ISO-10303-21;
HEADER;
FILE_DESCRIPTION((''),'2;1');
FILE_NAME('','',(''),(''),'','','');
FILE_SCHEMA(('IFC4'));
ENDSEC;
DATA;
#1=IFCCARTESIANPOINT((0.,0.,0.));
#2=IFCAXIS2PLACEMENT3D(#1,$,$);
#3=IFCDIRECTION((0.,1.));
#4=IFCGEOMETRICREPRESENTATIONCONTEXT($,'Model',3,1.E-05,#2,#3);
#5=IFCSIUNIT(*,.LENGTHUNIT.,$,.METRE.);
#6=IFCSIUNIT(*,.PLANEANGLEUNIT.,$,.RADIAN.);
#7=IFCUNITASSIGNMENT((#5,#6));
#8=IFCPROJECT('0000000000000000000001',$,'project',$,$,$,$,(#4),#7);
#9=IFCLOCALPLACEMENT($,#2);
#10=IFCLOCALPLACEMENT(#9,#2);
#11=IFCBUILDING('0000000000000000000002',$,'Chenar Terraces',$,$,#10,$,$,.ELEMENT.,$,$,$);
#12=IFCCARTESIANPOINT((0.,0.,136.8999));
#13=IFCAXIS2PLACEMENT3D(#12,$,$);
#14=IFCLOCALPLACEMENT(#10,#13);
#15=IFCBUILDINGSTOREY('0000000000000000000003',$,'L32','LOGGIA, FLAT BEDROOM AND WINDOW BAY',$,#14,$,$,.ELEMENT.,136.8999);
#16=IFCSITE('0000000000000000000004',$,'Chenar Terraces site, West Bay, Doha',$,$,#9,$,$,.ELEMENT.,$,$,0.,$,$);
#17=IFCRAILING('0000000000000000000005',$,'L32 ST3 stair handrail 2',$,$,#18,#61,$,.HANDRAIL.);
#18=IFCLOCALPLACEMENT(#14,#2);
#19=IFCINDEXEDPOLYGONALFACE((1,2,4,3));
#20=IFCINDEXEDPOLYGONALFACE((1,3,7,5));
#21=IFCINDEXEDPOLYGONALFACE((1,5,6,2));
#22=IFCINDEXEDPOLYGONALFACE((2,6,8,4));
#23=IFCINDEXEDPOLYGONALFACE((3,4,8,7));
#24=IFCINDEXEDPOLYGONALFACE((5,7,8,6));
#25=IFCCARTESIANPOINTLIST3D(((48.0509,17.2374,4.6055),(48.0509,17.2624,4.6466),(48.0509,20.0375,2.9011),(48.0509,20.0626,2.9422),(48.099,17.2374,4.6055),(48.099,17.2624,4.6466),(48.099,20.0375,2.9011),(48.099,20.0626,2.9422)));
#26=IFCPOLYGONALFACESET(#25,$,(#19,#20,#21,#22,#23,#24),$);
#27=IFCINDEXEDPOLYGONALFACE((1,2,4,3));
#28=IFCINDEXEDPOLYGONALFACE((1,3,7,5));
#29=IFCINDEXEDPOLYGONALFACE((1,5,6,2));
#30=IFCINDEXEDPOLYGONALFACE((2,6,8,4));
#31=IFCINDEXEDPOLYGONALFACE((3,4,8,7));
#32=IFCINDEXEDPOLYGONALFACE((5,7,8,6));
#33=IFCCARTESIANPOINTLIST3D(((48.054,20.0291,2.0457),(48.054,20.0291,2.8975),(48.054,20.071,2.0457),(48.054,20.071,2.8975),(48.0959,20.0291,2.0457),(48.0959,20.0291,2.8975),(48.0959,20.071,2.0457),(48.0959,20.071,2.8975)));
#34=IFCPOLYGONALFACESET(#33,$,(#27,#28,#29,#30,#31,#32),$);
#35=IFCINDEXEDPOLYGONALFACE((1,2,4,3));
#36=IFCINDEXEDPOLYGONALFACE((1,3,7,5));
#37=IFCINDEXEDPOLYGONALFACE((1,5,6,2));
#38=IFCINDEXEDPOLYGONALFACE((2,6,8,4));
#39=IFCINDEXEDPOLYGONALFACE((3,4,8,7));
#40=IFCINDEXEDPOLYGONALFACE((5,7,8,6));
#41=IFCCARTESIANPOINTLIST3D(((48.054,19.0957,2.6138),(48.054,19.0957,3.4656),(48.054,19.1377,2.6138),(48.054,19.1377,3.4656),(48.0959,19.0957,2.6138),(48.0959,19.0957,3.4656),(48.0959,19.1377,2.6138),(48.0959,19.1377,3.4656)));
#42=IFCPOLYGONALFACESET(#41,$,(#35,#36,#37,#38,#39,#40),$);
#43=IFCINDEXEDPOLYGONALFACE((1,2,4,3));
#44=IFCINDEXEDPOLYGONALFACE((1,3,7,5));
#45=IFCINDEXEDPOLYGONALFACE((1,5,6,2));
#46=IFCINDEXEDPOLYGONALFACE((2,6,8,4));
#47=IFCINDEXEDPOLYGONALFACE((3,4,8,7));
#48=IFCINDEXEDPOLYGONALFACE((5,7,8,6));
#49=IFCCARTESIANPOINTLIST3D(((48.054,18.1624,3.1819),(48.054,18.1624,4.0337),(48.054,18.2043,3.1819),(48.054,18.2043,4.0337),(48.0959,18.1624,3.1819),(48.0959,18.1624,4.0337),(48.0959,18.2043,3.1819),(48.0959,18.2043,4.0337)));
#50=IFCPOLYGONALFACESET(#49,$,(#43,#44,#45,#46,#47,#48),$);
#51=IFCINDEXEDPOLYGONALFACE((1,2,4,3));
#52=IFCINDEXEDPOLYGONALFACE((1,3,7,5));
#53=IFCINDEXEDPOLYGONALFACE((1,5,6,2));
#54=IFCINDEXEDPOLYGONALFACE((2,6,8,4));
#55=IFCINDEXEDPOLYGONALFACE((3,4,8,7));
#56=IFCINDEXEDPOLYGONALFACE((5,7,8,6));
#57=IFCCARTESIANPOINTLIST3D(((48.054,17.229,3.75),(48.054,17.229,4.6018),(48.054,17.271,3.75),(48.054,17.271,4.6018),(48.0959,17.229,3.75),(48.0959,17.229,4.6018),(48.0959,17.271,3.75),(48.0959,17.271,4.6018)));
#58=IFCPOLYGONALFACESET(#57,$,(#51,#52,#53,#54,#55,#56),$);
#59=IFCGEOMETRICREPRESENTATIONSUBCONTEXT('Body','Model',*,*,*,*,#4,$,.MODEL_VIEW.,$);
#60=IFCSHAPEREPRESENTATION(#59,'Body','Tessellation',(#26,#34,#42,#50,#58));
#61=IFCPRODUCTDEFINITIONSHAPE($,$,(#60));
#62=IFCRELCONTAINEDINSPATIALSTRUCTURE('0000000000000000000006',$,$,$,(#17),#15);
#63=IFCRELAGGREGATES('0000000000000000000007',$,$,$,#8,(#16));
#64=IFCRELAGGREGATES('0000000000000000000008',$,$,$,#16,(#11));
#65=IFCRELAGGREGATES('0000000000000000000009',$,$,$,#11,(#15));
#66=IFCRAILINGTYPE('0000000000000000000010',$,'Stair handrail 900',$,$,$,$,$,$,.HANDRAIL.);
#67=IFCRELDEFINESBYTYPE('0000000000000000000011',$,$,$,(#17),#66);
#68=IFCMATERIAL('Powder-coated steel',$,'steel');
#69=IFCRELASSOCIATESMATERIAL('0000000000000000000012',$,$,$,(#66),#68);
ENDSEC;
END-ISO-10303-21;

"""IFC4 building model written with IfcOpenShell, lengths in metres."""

from ifc_helpers import new_model, si_unit, direction, frame, origin, origin_2d, place, context, subcontext, project, spatial, rectangle, extrude, material, type_object, element, save


model = new_model("IFC4")

# Units and contexts
model_context = context("Model", 3, precision=1e-05, world=origin(), true_north=direction((0.0, 1.0)))
body_context = subcontext(model_context, "Body", "Model", "MODEL_VIEW")
ifc_project = project(units=[si_unit("LENGTHUNIT", "METRE"), si_unit("PLANEANGLEUNIT", "RADIAN")], contexts=[model_context])

# Site, building, storey
site_placement = place(None, origin())
site = spatial("IfcSite", under=ifc_project, at=site_placement, Name="Chenar Terraces site, West Bay, Doha", CompositionType="ELEMENT", RefElevation=0.0)
building_placement = place(site_placement, origin())
building = spatial("IfcBuilding", under=site, at=building_placement, Name="Chenar Terraces", CompositionType="ELEMENT")
storey_placement = place(building_placement, frame((0.0, 0.0, 136.8999)))
storey = spatial("IfcBuildingStorey", under=building, at=storey_placement, Name="L32", Description="LOGGIA, FLAT BEDROOM AND WINDOW BAY", CompositionType="ELEMENT", Elevation=136.8999)

# Railing
ifc_material_1 = material(Name="Powder-coated steel", Category="steel")
railing_type_1 = type_object("IfcRailingType", Name="Stair handrail 900", PredefinedType="HANDRAIL", material=ifc_material_1)
railing_1_placement = place(storey_placement, frame((48.075, 20.05, 2.0457)))
element("IfcRailing", 1, at=railing_1_placement, inside=storey, type_object=railing_type_1, Name="L32 ST3 stair handrail 2", PredefinedType="HANDRAIL", context=body_context, shape_type="SweptSolid", body=[
    extrude(rectangle(XDim=0.0481, YDim=0.0481, at=origin_2d()), frame((0.0, 0.0, 0.876), z_axis=(0.0, -0.854203, 0.51994), x_axis=(1.0, 0.0, 0.0)), (0.0, 0.0, 1.0), 3.2781),
    extrude(rectangle(XDim=0.042, YDim=0.042, at=origin_2d()), origin(), (0.0, 0.0, 1.0), 0.8518),
    extrude(rectangle(XDim=0.042, YDim=0.042, at=origin_2d()), frame((0.0, -0.9333, 0.5681)), (0.0, 0.0, 1.0), 0.8518),
    extrude(rectangle(XDim=0.042, YDim=0.042, at=origin_2d()), frame((0.0, -1.8667, 1.1362)), (0.0, 0.0, 1.0), 0.8518),
    extrude(rectangle(XDim=0.042, YDim=0.042, at=origin_2d()), frame((0.0, -2.8, 1.7043)), (0.0, 0.0, 1.0), 0.8518),
])

save(model, "model.ifc")
